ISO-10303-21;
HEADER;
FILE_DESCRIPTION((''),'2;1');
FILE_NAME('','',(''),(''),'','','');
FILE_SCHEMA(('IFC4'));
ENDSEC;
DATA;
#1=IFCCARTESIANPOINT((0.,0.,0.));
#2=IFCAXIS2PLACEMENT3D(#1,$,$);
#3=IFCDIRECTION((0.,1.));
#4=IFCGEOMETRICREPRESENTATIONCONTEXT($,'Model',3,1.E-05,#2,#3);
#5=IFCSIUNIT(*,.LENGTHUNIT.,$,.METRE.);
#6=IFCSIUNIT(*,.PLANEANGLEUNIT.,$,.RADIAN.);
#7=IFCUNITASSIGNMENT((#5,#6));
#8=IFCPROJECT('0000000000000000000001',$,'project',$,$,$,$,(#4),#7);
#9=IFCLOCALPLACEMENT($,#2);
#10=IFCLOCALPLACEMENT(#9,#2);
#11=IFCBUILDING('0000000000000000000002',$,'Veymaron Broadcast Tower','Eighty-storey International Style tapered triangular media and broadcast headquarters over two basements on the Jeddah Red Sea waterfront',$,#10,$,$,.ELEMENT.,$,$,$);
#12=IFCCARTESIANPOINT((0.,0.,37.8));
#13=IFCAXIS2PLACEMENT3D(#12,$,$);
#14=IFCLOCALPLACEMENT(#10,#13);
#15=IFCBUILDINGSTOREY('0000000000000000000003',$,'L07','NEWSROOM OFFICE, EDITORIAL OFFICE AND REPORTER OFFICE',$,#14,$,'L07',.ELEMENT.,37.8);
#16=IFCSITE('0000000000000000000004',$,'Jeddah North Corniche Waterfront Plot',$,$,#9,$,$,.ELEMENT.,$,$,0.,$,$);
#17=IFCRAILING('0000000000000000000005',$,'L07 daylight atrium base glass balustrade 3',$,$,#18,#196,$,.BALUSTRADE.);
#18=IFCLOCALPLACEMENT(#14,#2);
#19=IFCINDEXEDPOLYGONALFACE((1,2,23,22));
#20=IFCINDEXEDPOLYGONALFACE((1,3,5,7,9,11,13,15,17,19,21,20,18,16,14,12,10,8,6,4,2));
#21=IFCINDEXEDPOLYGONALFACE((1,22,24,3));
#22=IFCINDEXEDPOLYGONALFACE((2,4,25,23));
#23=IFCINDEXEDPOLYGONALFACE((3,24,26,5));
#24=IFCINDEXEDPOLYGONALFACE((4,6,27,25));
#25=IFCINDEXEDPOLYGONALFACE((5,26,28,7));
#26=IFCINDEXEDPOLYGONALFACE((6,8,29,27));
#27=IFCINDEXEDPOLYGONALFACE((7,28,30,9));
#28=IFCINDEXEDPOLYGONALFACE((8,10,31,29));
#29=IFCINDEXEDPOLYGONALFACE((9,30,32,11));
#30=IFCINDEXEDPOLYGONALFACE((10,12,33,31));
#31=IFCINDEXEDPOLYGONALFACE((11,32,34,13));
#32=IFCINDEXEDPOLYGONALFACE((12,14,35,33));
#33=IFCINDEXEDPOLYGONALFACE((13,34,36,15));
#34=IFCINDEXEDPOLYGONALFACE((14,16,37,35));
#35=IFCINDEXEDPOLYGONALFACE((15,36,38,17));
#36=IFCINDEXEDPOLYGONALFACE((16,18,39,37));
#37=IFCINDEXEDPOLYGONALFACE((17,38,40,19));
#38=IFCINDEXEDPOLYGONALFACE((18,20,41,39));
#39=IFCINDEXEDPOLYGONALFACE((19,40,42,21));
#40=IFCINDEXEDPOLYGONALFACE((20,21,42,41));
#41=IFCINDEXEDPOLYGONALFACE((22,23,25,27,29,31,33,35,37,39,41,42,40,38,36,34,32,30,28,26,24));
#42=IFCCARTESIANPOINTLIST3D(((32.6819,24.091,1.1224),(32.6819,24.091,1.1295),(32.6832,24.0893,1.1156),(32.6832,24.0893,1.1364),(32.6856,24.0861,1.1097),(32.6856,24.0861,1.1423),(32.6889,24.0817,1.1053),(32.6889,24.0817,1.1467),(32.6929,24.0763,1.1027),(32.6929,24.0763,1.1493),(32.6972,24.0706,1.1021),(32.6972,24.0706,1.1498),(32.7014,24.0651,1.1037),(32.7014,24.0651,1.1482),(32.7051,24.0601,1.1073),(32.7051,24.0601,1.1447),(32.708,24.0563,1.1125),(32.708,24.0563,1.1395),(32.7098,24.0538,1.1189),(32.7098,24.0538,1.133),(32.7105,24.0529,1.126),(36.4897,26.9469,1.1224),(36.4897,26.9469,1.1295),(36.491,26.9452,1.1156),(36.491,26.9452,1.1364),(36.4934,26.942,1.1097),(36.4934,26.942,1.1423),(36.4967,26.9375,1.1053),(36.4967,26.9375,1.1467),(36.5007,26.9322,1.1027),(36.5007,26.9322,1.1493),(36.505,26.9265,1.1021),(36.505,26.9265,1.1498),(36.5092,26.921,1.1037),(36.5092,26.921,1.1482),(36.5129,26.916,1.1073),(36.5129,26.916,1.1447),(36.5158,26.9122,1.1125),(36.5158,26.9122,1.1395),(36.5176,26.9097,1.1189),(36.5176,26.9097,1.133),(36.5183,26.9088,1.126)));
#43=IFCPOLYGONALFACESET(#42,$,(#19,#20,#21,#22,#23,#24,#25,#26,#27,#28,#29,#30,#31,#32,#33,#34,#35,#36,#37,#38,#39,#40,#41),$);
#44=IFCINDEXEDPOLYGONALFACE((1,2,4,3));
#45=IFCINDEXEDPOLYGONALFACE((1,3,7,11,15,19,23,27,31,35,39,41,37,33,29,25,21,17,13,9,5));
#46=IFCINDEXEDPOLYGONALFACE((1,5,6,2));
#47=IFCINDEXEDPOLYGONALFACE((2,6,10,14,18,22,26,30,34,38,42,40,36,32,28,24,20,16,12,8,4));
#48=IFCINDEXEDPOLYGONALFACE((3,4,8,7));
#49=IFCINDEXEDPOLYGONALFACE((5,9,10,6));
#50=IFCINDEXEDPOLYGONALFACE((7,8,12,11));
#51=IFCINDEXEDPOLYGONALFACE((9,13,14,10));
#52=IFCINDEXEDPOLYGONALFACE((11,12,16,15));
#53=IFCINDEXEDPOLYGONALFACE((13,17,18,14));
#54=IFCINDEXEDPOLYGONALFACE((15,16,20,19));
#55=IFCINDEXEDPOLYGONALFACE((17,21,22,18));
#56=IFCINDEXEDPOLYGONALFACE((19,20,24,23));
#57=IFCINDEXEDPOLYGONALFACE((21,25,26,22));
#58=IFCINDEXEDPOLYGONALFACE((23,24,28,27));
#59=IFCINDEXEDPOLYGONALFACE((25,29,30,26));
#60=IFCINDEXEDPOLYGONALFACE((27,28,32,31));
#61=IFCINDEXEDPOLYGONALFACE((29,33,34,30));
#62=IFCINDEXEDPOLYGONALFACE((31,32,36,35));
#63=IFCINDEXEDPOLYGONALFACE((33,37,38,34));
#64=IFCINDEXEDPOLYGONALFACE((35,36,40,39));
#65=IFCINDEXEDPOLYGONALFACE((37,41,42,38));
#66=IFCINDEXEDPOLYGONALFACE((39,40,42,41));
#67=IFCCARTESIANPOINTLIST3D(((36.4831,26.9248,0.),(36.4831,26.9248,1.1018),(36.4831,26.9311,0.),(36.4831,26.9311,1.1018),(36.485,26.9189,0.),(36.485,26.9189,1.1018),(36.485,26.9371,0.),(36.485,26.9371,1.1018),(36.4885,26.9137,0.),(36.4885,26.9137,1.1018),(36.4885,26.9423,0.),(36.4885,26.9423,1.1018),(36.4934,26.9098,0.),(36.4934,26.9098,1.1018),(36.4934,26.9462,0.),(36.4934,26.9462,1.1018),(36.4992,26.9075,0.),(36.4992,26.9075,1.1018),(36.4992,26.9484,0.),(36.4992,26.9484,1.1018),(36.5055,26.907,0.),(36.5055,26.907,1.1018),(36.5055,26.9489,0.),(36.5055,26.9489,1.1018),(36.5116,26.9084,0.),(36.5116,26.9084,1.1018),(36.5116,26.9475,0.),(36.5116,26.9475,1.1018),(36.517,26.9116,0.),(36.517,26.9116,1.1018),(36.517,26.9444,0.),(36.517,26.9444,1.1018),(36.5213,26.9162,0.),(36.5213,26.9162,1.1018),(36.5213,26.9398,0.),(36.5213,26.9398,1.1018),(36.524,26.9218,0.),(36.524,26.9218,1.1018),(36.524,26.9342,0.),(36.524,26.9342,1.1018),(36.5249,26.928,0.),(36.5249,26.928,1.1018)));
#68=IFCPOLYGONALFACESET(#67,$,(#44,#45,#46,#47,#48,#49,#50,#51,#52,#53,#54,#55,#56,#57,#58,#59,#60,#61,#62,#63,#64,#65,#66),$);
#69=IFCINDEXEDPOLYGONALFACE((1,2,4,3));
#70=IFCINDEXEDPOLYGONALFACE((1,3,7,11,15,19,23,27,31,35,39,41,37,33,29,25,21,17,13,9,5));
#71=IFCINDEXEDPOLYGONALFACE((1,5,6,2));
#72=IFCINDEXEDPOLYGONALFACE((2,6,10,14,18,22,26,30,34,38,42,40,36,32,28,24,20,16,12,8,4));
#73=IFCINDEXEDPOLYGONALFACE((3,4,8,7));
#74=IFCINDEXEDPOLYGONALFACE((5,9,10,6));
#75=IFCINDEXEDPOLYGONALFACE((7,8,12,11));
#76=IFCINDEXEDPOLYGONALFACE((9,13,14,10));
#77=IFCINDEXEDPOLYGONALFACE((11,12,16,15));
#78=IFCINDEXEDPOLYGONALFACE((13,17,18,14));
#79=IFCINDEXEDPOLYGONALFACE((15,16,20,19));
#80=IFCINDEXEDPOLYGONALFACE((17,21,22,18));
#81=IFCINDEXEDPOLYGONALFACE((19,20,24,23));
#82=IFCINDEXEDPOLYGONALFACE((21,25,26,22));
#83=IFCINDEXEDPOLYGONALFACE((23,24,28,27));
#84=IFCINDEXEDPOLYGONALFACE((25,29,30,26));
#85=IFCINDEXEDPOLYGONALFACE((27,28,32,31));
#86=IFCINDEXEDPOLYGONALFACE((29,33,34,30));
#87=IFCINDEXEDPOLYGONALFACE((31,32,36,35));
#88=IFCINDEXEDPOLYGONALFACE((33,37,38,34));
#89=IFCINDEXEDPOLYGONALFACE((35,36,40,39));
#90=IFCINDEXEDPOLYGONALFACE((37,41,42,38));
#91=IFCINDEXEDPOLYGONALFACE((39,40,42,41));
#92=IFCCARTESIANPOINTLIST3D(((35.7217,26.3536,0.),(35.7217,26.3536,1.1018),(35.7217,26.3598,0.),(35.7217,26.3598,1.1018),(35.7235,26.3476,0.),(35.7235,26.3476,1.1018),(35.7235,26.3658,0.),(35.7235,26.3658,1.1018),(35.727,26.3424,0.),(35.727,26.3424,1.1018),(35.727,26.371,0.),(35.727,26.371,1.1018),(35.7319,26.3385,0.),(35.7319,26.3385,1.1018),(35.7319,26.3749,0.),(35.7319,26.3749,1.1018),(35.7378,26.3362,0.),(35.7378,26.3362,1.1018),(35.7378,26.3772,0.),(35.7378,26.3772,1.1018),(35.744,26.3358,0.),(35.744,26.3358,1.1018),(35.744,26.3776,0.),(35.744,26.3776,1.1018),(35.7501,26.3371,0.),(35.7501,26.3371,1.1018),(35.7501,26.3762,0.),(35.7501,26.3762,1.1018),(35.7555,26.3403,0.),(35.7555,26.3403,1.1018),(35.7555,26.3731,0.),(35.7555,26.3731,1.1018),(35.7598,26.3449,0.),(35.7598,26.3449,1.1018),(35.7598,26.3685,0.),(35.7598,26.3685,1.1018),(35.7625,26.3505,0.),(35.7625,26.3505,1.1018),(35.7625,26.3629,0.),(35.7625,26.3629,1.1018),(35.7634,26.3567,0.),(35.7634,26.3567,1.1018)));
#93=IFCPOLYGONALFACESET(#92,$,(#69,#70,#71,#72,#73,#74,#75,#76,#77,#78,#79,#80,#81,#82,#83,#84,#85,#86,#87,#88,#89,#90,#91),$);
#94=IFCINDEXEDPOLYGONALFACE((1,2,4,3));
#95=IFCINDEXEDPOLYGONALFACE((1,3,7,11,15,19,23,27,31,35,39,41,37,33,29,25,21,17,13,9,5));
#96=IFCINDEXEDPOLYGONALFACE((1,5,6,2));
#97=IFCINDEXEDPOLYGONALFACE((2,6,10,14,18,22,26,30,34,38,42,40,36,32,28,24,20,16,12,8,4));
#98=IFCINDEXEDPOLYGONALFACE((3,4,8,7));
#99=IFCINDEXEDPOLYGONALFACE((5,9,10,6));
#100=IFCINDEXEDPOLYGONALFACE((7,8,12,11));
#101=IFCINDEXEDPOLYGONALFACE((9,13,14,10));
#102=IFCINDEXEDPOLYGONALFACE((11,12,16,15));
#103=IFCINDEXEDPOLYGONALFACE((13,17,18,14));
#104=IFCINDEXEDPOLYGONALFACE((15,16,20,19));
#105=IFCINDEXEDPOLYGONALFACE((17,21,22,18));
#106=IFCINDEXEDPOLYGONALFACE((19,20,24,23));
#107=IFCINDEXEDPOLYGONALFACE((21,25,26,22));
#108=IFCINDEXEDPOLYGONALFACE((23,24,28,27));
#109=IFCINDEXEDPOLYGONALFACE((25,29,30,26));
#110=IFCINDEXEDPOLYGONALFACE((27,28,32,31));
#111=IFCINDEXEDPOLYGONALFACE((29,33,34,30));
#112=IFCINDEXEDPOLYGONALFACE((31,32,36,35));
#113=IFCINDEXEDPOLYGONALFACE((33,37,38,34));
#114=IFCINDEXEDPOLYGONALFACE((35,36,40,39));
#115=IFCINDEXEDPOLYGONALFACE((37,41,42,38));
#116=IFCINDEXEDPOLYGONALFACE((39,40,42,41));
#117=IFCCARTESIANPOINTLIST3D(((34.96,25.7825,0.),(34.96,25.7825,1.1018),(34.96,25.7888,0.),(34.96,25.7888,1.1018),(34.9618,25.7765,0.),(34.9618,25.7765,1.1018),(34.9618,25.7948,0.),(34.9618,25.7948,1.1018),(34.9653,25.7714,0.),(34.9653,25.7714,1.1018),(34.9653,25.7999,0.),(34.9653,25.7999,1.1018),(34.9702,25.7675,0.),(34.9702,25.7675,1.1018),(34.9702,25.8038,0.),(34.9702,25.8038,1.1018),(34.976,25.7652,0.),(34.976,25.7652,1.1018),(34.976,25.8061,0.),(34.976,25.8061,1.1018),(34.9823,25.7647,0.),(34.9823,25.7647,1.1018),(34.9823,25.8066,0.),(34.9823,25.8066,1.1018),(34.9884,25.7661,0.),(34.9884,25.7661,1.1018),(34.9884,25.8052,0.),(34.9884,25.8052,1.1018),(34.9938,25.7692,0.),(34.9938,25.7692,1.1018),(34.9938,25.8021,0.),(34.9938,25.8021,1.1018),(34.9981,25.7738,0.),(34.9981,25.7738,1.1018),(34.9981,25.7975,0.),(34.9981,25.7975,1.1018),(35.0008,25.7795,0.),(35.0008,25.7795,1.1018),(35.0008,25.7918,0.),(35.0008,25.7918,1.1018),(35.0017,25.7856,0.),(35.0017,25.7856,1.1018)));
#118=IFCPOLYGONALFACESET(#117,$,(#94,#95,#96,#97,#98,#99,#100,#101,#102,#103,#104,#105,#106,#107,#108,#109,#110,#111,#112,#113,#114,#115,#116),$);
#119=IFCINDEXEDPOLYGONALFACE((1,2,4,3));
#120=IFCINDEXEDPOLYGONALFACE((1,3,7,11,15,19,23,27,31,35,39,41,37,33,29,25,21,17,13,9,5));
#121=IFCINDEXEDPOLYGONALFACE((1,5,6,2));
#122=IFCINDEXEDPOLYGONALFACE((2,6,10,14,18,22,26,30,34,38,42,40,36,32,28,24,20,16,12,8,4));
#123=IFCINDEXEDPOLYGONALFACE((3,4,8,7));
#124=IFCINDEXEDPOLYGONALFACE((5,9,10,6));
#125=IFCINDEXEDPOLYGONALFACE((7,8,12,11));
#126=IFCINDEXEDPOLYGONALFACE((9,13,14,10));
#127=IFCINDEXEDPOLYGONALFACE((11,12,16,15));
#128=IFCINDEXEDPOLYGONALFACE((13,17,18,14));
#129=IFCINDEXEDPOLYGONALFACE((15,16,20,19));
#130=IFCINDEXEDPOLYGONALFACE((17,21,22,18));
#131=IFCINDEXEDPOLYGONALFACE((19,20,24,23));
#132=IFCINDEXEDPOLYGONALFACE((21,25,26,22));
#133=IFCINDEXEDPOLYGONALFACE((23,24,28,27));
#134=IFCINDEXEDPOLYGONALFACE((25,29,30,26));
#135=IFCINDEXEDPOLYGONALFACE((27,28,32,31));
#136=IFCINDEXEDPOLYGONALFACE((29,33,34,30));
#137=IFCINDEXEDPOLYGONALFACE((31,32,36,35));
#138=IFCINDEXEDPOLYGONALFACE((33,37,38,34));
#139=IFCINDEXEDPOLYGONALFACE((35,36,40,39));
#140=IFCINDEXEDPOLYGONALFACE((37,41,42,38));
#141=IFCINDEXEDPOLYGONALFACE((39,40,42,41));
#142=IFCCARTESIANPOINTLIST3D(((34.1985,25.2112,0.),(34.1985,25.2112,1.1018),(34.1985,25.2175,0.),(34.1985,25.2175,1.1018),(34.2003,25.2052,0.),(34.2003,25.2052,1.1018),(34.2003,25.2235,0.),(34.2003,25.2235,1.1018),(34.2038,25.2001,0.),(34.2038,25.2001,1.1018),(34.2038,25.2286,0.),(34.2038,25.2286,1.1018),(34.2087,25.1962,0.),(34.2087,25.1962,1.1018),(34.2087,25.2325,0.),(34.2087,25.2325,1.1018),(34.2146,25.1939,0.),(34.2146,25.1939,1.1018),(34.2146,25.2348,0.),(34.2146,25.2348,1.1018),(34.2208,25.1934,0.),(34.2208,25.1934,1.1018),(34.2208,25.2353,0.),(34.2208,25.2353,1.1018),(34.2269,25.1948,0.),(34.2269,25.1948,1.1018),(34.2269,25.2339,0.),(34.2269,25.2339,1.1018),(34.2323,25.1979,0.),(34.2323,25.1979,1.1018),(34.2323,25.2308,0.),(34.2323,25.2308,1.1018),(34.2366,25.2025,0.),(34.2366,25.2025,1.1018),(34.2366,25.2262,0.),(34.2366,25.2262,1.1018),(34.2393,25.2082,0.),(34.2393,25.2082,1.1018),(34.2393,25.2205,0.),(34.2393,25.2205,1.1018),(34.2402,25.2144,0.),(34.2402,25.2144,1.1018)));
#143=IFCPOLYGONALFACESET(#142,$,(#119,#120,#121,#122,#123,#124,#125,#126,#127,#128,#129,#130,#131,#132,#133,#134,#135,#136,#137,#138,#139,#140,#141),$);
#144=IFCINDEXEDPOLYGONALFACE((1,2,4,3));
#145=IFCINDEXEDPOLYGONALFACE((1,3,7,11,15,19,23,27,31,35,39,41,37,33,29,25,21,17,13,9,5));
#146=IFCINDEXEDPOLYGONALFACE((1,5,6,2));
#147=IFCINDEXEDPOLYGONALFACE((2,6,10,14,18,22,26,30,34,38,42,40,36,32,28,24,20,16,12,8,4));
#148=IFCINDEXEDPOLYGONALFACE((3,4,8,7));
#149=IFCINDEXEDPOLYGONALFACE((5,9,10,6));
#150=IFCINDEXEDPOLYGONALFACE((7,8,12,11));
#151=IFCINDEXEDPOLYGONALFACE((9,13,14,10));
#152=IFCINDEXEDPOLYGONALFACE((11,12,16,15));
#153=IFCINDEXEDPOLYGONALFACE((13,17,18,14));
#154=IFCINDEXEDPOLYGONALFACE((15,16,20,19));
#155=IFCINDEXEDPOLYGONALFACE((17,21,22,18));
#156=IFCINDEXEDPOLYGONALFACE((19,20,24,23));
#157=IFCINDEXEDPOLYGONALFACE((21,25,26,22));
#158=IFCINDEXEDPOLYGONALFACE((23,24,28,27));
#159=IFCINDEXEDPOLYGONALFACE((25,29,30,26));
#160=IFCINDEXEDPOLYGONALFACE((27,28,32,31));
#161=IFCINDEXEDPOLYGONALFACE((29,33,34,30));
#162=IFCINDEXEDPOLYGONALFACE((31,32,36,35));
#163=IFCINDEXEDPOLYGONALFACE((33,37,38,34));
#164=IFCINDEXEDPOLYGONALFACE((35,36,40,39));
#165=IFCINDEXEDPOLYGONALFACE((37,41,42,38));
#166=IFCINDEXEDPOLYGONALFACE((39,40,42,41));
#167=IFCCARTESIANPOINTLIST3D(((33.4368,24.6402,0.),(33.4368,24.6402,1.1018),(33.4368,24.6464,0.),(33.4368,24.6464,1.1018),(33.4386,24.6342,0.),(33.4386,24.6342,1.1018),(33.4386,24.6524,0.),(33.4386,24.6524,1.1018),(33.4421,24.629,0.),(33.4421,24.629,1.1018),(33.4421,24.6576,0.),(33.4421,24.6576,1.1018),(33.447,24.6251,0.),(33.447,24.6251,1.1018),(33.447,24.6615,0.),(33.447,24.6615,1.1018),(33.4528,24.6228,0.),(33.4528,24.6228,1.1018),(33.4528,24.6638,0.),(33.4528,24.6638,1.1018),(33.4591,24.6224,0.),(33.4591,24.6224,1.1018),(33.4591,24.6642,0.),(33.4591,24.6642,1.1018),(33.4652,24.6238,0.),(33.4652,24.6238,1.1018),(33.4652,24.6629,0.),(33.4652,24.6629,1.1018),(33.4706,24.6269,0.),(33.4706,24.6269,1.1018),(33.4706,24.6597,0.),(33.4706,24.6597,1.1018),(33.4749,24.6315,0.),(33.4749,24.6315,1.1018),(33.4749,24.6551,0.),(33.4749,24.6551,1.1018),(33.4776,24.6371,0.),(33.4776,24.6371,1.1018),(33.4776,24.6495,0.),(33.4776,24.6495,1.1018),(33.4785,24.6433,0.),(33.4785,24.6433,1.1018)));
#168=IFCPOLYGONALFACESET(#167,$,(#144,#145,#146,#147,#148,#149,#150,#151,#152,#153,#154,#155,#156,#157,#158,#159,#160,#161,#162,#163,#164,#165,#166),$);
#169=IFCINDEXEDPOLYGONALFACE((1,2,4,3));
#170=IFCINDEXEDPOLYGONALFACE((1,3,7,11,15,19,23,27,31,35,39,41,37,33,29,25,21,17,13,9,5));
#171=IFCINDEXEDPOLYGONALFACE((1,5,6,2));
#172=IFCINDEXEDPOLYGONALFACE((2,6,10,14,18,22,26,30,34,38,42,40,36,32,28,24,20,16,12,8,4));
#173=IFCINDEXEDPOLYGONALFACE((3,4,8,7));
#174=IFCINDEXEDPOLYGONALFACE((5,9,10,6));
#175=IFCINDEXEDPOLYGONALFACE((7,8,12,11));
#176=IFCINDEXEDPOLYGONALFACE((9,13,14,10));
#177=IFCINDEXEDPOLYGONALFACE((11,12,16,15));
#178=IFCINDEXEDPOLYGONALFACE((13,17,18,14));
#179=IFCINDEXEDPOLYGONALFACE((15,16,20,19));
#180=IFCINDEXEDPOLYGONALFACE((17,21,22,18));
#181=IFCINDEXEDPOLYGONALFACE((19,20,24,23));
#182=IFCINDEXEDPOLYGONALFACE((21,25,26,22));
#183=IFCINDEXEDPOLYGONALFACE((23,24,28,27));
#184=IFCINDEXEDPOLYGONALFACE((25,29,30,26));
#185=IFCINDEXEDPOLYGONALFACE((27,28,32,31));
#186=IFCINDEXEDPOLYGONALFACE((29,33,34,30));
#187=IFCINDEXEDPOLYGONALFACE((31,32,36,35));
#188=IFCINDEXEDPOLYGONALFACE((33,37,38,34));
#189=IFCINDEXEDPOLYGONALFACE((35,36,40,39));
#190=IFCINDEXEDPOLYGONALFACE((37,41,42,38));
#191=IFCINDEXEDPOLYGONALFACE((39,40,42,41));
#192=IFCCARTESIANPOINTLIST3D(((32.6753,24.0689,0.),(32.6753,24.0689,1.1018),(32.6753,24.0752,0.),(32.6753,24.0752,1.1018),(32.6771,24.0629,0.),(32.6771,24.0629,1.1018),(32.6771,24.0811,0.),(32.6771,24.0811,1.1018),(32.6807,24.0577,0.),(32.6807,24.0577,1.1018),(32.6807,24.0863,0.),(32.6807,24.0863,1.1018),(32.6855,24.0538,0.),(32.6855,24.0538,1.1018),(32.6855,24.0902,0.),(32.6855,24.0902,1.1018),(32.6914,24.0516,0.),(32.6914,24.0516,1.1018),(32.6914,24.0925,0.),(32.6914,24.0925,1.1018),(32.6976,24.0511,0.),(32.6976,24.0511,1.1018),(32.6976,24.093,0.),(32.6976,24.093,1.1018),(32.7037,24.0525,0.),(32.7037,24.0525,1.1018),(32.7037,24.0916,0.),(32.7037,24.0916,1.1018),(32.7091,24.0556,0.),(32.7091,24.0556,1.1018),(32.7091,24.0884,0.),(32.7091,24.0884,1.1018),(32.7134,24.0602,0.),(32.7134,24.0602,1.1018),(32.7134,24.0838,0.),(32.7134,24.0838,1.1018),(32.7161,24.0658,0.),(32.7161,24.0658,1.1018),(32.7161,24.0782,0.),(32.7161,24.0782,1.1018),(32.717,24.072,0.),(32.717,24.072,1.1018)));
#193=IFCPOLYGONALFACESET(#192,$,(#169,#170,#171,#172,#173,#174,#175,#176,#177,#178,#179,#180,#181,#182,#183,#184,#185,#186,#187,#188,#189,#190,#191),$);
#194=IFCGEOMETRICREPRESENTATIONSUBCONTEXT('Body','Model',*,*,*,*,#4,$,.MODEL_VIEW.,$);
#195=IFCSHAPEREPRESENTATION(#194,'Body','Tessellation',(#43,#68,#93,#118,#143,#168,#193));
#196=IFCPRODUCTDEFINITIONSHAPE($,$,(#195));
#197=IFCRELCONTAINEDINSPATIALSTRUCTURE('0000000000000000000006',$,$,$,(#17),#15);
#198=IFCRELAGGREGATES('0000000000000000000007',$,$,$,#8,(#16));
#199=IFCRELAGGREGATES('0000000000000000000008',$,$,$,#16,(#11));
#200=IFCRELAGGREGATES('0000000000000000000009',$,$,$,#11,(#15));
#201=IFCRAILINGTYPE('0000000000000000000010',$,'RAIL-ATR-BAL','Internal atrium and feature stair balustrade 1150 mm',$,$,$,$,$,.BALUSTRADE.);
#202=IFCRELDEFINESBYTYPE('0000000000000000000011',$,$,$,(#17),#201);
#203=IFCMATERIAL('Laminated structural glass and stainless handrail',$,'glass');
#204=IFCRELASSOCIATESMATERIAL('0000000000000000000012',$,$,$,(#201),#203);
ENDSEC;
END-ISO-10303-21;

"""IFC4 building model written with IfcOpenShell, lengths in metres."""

from ifc_helpers import new_model, si_unit, direction, frame, origin, origin_2d, place, context, subcontext, project, spatial, circle, extrude, material, type_object, element, save


model = new_model("IFC4")

# Units and contexts
model_context = context("Model", 3, precision=1e-05, world=origin(), true_north=direction((0.0, 1.0)))
body_context = subcontext(model_context, "Body", "Model", "MODEL_VIEW")
ifc_project = project(units=[si_unit("LENGTHUNIT", "METRE"), si_unit("PLANEANGLEUNIT", "RADIAN")], contexts=[model_context])

# Site, building, storey
site_placement = place(None, origin())
site = spatial("IfcSite", under=ifc_project, at=site_placement, Name="Jeddah North Corniche Waterfront Plot", CompositionType="ELEMENT", RefElevation=0.0)
building_placement = place(site_placement, origin())
building = spatial("IfcBuilding", under=site, at=building_placement, Name="Veymaron Broadcast Tower", Description="Eighty-storey International Style tapered triangular media and broadcast headquarters over two basements on the Jeddah Red Sea waterfront", CompositionType="ELEMENT")
storey_placement = place(building_placement, frame((0.0, 0.0, 37.8)))
storey = spatial("IfcBuildingStorey", under=building, at=storey_placement, Name="L07", Description="NEWSROOM OFFICE, EDITORIAL OFFICE AND REPORTER OFFICE", LongName="L07", CompositionType="ELEMENT", Elevation=37.8)

# Railing
ifc_material_1 = material(Name="Laminated structural glass and stainless handrail", Category="glass")
railing_type_1 = type_object("IfcRailingType", Name="RAIL-ATR-BAL", Description="Internal atrium and feature stair balustrade 1150 mm", PredefinedType="BALUSTRADE", material=ifc_material_1)
railing_1_placement = place(storey_placement, frame((36.5039, 26.928, 0.0)))
element("IfcRailing", 1, at=railing_1_placement, inside=storey, type_object=railing_type_1, Name="L07 daylight atrium base glass balustrade 3", PredefinedType="BALUSTRADE", context=body_context, shape_type="SweptSolid", body=[
    extrude(circle(Radius=0.0239, at=origin_2d()), frame((0.0, 0.0, 1.126), z_axis=(-0.799994, -0.600008, 0.0), x_axis=(0.600008, -0.799994, 0.0)), (0.0, 0.0, 1.0), 4.7598),
    extrude(circle(Radius=0.021, at=origin_2d()), origin(), (0.0, 0.0, 1.0), 1.1018),
    extrude(circle(Radius=0.021, at=origin_2d()), frame((-0.7615, -0.5713, 0.0)), (0.0, 0.0, 1.0), 1.1018),
    extrude(circle(Radius=0.021, at=origin_2d()), frame((-1.5232, -1.1423, 0.0)), (0.0, 0.0, 1.0), 1.1018),
    extrude(circle(Radius=0.021, at=origin_2d()), frame((-2.2847, -1.7136, 0.0)), (0.0, 0.0, 1.0), 1.1018),
    extrude(circle(Radius=0.021, at=origin_2d()), frame((-3.0464, -2.2847, 0.0)), (0.0, 0.0, 1.0), 1.1018),
    extrude(circle(Radius=0.021, at=origin_2d()), frame((-3.8079, -2.856, 0.0)), (0.0, 0.0, 1.0), 1.1018),
])

save(model, "model.ifc")
